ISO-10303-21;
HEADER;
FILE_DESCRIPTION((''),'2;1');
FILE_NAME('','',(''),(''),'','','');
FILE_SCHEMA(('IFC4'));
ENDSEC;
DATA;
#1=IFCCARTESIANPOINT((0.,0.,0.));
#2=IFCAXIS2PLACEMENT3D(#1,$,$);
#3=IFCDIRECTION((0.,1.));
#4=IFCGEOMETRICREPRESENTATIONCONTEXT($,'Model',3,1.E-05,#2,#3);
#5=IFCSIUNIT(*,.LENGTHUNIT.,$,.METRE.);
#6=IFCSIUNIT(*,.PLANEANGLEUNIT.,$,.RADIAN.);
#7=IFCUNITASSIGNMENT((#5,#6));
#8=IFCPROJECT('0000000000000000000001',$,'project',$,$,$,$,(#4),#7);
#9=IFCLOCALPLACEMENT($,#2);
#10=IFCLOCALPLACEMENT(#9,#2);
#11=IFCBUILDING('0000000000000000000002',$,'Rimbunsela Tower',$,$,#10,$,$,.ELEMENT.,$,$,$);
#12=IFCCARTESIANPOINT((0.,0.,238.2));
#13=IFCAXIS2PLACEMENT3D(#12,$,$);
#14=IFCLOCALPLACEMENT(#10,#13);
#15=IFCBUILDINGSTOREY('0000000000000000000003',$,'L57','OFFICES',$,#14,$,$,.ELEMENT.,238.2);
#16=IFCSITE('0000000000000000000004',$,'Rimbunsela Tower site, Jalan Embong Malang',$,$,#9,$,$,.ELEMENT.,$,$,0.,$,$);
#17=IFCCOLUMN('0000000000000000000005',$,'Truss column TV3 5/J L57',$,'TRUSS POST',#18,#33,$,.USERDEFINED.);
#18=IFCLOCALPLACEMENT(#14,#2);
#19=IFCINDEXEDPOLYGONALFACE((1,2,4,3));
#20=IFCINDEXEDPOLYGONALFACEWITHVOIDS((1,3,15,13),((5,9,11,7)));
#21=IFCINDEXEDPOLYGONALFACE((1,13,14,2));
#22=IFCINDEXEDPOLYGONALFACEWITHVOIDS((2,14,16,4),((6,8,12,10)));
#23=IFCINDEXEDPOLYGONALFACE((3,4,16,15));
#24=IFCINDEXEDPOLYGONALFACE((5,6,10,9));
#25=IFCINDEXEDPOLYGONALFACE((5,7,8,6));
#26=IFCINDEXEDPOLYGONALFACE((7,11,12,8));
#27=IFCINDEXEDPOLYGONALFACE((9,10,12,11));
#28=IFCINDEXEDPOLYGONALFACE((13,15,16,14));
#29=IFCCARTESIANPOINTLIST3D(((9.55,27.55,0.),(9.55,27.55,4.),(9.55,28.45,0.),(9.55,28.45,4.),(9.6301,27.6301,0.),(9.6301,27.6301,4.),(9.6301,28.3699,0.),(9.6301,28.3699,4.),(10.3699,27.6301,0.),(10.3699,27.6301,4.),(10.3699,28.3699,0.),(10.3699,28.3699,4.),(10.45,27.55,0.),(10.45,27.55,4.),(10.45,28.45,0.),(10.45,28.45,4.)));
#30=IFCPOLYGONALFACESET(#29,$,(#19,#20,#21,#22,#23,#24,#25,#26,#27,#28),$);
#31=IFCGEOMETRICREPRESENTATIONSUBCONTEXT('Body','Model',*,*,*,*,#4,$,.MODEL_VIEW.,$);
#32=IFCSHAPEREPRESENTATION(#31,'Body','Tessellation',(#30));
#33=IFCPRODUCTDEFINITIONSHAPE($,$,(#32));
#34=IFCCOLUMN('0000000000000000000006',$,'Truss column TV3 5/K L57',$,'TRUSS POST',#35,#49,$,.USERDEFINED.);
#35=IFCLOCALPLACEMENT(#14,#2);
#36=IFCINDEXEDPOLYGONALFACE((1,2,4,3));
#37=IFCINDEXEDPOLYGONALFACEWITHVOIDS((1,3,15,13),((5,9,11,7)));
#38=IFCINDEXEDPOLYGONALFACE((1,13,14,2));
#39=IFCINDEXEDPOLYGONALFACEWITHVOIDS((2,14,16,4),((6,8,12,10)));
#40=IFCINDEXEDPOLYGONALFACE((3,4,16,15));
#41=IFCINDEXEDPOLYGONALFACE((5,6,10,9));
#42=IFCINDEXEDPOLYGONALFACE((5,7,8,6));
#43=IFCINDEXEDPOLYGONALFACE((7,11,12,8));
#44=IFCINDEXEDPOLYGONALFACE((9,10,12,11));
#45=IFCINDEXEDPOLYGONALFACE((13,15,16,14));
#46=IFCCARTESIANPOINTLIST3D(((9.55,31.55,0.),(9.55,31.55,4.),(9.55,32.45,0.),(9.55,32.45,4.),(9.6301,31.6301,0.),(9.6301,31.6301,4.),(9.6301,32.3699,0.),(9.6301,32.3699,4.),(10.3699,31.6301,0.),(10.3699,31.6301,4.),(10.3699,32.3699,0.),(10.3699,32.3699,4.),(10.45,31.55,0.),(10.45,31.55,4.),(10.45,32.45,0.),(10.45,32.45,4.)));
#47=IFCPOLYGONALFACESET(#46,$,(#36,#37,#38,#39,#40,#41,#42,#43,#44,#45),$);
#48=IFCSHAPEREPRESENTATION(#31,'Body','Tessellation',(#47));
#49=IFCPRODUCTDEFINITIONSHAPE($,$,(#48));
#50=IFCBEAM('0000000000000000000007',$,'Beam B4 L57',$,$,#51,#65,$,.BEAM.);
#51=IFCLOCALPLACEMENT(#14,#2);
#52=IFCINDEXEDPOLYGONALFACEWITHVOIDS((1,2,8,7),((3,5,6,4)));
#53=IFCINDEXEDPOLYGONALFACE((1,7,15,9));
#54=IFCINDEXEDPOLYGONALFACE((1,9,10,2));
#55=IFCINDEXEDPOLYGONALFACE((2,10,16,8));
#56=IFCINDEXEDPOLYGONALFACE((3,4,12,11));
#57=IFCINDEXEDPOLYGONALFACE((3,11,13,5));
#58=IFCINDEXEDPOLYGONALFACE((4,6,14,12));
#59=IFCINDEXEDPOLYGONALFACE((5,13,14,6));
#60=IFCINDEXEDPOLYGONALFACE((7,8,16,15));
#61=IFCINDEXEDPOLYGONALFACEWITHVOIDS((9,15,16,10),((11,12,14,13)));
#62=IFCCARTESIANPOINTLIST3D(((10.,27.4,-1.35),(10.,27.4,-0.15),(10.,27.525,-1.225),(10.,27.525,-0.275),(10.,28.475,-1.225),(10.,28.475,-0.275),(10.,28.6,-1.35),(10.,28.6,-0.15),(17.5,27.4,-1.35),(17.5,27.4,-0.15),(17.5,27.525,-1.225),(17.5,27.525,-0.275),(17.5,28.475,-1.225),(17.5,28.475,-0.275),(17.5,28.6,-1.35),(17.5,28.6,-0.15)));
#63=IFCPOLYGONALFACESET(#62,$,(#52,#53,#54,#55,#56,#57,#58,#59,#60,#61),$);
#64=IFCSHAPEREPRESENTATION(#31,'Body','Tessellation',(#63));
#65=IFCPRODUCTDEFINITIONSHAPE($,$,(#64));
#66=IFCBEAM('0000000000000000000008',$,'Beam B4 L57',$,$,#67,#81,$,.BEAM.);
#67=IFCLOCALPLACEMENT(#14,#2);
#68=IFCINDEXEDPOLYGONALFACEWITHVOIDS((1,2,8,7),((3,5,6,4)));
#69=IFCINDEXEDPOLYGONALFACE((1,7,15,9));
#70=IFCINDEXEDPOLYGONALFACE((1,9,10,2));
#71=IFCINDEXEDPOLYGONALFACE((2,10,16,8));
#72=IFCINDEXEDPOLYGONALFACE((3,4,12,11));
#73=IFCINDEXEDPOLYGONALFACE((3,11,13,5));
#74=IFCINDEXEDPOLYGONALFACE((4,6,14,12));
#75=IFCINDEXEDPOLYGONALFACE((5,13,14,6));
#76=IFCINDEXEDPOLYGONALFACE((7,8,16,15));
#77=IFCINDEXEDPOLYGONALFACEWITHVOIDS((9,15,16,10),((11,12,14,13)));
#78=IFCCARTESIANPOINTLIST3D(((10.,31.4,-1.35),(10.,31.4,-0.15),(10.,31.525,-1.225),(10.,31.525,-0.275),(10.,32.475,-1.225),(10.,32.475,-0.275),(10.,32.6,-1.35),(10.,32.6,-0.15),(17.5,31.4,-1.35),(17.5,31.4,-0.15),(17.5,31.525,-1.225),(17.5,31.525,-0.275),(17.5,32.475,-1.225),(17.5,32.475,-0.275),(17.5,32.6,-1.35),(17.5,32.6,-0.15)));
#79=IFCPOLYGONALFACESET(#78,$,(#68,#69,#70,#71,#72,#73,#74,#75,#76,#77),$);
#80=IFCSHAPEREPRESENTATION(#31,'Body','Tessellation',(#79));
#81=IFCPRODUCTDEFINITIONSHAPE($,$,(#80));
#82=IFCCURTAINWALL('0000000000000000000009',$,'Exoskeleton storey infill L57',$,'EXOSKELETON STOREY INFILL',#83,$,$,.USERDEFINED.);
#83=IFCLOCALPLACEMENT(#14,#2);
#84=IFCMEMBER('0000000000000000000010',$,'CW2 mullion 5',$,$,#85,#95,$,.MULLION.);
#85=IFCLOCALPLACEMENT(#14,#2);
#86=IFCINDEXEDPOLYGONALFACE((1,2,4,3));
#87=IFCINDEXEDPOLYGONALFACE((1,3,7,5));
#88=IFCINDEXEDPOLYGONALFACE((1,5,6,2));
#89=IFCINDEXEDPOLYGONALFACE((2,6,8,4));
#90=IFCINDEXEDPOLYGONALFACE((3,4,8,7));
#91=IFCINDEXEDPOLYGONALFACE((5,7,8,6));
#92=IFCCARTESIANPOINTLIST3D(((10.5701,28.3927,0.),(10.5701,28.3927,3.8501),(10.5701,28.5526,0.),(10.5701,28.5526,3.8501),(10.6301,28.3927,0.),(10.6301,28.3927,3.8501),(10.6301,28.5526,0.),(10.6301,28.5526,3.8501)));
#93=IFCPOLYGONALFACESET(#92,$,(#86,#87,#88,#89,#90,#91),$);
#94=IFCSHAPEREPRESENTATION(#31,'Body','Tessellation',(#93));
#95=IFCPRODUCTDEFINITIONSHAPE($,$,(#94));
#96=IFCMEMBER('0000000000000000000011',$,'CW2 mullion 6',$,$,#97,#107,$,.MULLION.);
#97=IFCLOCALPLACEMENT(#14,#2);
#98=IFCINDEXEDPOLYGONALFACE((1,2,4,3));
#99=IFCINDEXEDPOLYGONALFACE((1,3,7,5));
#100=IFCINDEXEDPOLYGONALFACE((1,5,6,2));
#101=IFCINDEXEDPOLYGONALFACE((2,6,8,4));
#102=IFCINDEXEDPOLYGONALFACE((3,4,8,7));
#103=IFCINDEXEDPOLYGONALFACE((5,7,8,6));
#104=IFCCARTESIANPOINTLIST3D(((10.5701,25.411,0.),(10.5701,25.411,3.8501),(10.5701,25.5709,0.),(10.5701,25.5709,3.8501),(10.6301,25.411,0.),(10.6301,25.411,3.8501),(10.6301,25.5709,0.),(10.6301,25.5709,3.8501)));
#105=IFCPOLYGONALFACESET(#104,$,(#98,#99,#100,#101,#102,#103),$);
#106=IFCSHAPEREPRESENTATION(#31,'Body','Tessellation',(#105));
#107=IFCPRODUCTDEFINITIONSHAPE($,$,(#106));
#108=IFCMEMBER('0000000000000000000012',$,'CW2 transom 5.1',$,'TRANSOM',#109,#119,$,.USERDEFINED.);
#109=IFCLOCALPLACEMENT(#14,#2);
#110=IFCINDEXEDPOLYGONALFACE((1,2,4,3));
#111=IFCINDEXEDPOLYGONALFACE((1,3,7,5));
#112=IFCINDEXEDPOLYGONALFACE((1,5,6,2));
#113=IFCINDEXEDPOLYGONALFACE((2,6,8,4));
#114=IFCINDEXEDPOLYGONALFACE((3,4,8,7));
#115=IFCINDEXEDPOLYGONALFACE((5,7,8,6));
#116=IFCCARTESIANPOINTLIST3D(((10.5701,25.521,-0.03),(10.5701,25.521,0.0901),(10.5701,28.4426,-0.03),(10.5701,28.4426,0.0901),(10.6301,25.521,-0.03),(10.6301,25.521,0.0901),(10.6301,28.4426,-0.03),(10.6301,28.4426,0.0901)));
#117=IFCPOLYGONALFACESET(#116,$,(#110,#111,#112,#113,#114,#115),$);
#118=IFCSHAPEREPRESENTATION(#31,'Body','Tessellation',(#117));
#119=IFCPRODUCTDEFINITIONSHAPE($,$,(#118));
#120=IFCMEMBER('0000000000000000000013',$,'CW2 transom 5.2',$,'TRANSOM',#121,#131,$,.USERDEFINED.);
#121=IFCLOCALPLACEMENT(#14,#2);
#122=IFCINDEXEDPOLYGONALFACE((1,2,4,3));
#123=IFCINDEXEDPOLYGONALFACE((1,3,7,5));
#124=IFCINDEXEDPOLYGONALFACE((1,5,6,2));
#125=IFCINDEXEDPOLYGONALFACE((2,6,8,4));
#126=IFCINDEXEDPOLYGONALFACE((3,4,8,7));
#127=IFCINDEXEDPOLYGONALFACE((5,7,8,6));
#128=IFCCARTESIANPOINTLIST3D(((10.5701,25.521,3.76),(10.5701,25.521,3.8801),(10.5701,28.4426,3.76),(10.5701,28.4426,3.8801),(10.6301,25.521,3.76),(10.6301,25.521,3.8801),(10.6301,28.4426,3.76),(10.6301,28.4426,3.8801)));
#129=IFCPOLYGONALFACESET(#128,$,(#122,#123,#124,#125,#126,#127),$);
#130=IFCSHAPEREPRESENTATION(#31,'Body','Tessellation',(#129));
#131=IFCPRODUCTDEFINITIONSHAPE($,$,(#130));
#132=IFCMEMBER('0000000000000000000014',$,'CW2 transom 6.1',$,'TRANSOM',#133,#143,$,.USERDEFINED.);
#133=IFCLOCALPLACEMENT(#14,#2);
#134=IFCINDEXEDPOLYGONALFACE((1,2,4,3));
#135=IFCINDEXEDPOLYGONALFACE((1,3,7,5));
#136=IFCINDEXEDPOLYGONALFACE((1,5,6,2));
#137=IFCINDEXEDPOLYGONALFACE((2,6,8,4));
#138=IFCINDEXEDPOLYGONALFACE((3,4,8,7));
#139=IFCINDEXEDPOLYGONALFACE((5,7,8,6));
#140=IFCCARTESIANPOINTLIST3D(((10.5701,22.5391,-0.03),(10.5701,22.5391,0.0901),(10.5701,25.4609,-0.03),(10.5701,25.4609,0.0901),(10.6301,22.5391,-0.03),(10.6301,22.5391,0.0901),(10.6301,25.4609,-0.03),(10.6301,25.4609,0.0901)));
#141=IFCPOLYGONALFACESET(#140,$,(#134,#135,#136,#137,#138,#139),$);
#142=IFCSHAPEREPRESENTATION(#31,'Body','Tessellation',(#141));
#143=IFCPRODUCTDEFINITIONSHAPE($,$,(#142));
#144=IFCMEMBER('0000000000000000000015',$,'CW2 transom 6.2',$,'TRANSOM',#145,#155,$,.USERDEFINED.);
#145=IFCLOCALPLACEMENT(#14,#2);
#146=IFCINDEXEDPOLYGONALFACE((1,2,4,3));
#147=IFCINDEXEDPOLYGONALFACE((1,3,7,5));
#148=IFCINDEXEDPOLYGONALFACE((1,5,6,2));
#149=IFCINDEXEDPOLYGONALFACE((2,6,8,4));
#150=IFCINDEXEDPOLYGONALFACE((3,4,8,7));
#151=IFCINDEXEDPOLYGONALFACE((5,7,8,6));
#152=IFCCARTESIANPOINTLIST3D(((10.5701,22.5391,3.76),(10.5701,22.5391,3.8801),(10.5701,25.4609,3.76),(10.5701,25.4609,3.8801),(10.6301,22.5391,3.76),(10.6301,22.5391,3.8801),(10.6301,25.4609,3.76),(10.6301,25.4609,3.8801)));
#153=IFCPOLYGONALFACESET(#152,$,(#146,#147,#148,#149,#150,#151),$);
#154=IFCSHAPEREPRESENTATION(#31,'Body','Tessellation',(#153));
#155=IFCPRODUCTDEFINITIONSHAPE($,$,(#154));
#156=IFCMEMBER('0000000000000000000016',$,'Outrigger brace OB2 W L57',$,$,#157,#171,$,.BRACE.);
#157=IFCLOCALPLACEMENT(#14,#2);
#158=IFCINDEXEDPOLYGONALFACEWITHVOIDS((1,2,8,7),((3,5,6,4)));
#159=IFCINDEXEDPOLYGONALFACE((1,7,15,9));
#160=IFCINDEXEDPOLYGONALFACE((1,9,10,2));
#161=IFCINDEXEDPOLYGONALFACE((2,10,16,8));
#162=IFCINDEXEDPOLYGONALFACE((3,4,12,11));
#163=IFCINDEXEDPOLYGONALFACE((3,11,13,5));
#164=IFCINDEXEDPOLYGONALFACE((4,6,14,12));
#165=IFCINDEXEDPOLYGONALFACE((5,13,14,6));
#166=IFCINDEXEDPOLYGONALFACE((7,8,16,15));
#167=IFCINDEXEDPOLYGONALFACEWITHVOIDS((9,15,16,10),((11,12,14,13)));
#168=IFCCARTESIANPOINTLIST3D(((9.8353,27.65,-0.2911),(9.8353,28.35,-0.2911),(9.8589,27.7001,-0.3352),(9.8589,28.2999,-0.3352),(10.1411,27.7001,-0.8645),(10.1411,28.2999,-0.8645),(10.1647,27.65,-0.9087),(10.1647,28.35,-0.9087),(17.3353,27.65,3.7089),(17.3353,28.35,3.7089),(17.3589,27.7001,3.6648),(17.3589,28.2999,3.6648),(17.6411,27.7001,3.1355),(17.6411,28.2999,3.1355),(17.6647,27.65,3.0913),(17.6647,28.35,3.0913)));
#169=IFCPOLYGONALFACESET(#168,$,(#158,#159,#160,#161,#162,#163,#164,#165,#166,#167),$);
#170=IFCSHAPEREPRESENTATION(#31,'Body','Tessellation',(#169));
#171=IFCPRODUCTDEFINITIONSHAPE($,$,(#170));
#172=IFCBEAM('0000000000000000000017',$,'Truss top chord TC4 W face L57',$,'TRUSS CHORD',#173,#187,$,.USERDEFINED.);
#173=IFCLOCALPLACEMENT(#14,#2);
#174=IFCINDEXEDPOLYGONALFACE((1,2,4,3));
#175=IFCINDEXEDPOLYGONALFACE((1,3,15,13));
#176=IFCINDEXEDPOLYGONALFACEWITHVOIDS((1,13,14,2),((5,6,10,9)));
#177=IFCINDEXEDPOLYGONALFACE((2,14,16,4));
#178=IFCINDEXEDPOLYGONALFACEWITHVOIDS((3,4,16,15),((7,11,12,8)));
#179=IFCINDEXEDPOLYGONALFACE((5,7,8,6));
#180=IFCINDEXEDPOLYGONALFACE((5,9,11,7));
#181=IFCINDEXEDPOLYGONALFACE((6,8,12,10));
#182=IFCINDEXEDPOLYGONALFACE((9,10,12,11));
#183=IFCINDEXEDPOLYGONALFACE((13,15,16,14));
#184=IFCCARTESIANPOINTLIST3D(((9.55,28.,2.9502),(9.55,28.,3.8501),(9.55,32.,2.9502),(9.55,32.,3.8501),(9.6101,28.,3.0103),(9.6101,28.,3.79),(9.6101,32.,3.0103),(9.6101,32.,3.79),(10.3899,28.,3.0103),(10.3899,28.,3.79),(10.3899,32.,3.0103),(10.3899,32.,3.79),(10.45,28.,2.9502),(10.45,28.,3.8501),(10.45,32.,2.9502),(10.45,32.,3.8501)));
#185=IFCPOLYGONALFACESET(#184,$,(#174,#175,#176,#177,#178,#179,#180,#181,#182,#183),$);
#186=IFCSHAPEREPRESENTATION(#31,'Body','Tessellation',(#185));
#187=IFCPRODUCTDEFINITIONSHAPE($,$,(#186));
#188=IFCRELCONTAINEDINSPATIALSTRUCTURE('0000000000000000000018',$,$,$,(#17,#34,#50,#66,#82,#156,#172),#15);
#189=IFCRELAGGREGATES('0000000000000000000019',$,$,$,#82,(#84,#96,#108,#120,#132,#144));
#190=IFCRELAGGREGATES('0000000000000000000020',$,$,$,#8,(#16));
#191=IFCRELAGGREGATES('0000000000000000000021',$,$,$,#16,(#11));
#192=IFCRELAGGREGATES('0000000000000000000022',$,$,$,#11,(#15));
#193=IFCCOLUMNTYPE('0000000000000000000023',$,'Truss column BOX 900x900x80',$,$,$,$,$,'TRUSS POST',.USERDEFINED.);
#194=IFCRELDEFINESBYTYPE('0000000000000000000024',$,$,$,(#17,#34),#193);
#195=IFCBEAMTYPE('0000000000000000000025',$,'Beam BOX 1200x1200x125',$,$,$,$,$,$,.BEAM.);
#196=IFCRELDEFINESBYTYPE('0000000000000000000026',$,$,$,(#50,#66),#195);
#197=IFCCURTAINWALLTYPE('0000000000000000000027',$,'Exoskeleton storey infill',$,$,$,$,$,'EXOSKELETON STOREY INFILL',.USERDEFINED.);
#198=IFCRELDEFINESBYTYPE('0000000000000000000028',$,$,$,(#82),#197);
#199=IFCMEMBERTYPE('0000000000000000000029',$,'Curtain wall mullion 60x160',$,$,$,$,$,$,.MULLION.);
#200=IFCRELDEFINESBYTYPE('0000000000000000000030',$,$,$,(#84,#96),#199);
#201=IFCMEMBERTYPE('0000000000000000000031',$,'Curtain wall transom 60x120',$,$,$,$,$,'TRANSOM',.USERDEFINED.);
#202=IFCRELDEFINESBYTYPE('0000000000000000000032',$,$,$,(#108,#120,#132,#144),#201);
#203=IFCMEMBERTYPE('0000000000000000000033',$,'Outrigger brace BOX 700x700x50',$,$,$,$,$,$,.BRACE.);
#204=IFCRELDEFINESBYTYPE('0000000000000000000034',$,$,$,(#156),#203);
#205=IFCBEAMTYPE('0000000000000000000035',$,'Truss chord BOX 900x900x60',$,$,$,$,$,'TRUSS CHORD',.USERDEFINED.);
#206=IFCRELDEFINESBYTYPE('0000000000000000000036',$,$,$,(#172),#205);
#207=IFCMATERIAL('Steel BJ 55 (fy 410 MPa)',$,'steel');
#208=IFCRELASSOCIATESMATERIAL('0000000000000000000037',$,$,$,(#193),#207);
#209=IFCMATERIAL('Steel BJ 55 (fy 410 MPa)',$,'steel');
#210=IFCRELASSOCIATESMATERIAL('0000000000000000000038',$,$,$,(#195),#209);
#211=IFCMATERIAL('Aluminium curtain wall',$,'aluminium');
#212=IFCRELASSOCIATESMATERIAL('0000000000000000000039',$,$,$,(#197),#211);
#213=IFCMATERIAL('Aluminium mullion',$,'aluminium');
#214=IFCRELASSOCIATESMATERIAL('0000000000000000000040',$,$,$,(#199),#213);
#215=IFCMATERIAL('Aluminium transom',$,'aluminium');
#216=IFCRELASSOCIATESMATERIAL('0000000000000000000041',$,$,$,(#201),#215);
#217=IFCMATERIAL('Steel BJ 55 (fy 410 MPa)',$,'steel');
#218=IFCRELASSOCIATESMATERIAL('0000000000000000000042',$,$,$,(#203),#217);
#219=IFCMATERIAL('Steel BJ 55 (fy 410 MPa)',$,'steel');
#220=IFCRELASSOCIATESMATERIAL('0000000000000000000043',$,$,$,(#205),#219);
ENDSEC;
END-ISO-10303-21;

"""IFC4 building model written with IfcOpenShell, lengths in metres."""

from ifc_helpers import new_model, si_unit, direction, frame, origin, origin_2d, place, context, subcontext, project, spatial, rectangle, hollow_rectangle, extrude, material, material_profile, profile_set, type_object, element, aggregate, save


model = new_model("IFC4")

# Units and contexts
model_context = context("Model", 3, precision=1e-05, world=origin(), true_north=direction((0.0, 1.0)))
body_context = subcontext(model_context, "Body", "Model", "MODEL_VIEW")
ifc_project = project(units=[si_unit("LENGTHUNIT", "METRE"), si_unit("PLANEANGLEUNIT", "RADIAN")], contexts=[model_context])

# Site, building, storey
site_placement = place(None, origin())
site = spatial("IfcSite", under=ifc_project, at=site_placement, Name="Rimbunsela Tower site, Jalan Embong Malang", CompositionType="ELEMENT", RefElevation=0.0)
building_placement = place(site_placement, origin())
building = spatial("IfcBuilding", under=site, at=building_placement, Name="Rimbunsela Tower", CompositionType="ELEMENT")
storey_placement = place(building_placement, frame((0.0, 0.0, 238.2)))
storey = spatial("IfcBuildingStorey", under=building, at=storey_placement, Name="L57", Description="OFFICES", CompositionType="ELEMENT", Elevation=238.2)

# Columns
ifc_material_1 = material(Name="Steel BJ 55 (fy 410 MPa)", Category="steel")
ifc_material_profile_1 = material_profile(ifc_material_1, hollow_rectangle(XDim=0.8999, YDim=0.8999, WallThickness=0.0801, at=origin_2d()), Name="BOX 900x900x80")
ifc_profile_set_1 = profile_set([ifc_material_profile_1], Name="Steel BJ 55 (fy 410 MPa)")
column_type = type_object("IfcColumnType", Name="Truss column BOX 900x900x80", ElementType="TRUSS POST", PredefinedType="USERDEFINED", material=ifc_profile_set_1)
for number, where, z_axis, x_axis, name in (
    (1, (10.0, 28.0, 0.0), (0.0, 0.0, 1.0), (1.0, 0.0, 0.0), "Truss column TV3 5/J L57"),
    (2, (10.0, 32.0, 0.0), (0.0, 0.0, 1.0), (1.0, 0.0, 0.0), "Truss column TV3 5/K L57"),
):
    element("IfcColumn", number, at=place(storey_placement, frame(where, z_axis=z_axis, x_axis=x_axis)), inside=storey, type_object=column_type, Name=name, ObjectType="TRUSS POST", PredefinedType="USERDEFINED", context=body_context, shape_type="SweptSolid", body=[
        extrude(hollow_rectangle(XDim=0.8999, YDim=0.8999, WallThickness=0.0801, at=origin_2d()), origin(), (0.0, 0.0, 1.0), 4.0),
    ])

# Beams
ifc_material_2 = material(Name="Steel BJ 55 (fy 410 MPa)", Category="steel")
ifc_material_profile_2 = material_profile(ifc_material_2, hollow_rectangle(XDim=1.2, YDim=1.2, WallThickness=0.125, at=origin_2d()), Name="BOX 1200x1200x125")
ifc_profile_set_2 = profile_set([ifc_material_profile_2], Name="Steel BJ 55 (fy 410 MPa)")
beam_type_1 = type_object("IfcBeamType", Name="Beam BOX 1200x1200x125", PredefinedType="BEAM", material=ifc_profile_set_2)
for number, where, z_axis, x_axis, name in (
    (3, (10.0, 28.0, -0.75), (1.0, 0.0, 0.0), (0.0, 1.0, 0.0), "Beam B4 L57"),
    (4, (10.0, 32.0, -0.75), (1.0, 0.0, 0.0), (0.0, 1.0, 0.0), "Beam B4 L57"),
):
    element("IfcBeam", number, at=place(storey_placement, frame(where, z_axis=z_axis, x_axis=x_axis)), inside=storey, type_object=beam_type_1, Name=name, PredefinedType="BEAM", context=body_context, shape_type="SweptSolid", body=[
        extrude(hollow_rectangle(XDim=1.2, YDim=1.2, WallThickness=0.125, at=origin_2d()), origin(), (0.0, 0.0, 1.0), 7.5),
    ])

# Curtain wall, members
ifc_material_3 = material(Name="Aluminium curtain wall", Category="aluminium")
curtain_wall_type = type_object("IfcCurtainWallType", Name="Exoskeleton storey infill", ElementType="EXOSKELETON STOREY INFILL", PredefinedType="USERDEFINED", material=ifc_material_3)
curtain_wall_placement = place(storey_placement, origin())
curtain_wall = element("IfcCurtainWall", 5, at=curtain_wall_placement, inside=storey, type_object=curtain_wall_type, Name="Exoskeleton storey infill L57", ObjectType="EXOSKELETON STOREY INFILL", PredefinedType="USERDEFINED")
ifc_material_4 = material(Name="Aluminium mullion", Category="aluminium")
ifc_material_profile_3 = material_profile(ifc_material_4, rectangle(XDim=0.0601, YDim=0.1599, at=origin_2d()), Name="Mullion 60x160")
ifc_profile_set_3 = profile_set([ifc_material_profile_3], Name="Aluminium mullion")
member_type_1 = type_object("IfcMemberType", Name="Curtain wall mullion 60x160", PredefinedType="MULLION", material=ifc_profile_set_3)
member_1_placement = place(storey_placement, frame((10.6001, 28.4727, 0.0), z_axis=(0.0, 0.0, 1.0), x_axis=(1.0, 0.0, 0.0)))
member_1 = element("IfcMember", 6, at=member_1_placement, type_object=member_type_1, Name="CW2 mullion 5", PredefinedType="MULLION", context=body_context, shape_type="SweptSolid", body=[
    extrude(rectangle(XDim=0.0601, YDim=0.1599, at=origin_2d()), origin(), (0.0, 0.0, 1.0), 3.8501),
])
member_2_placement = place(storey_placement, frame((10.6001, 25.491, 0.0), z_axis=(0.0, 0.0, 1.0), x_axis=(1.0, 0.0, 0.0)))
member_2 = element("IfcMember", 7, at=member_2_placement, type_object=member_type_1, Name="CW2 mullion 6", PredefinedType="MULLION", context=body_context, shape_type="SweptSolid", body=[
    extrude(rectangle(XDim=0.0601, YDim=0.1599, at=origin_2d()), origin(), (0.0, 0.0, 1.0), 3.8501),
])
ifc_material_5 = material(Name="Aluminium transom", Category="aluminium")
ifc_material_profile_4 = material_profile(ifc_material_5, rectangle(XDim=0.0601, YDim=0.1201, at=origin_2d()), Name="Transom 60x120")
ifc_profile_set_4 = profile_set([ifc_material_profile_4], Name="Aluminium transom")
member_type_2 = type_object("IfcMemberType", Name="Curtain wall transom 60x120", ElementType="TRANSOM", PredefinedType="USERDEFINED", material=ifc_profile_set_4)
member_3_placement = place(storey_placement, frame((10.6001, 28.4426, 0.03), z_axis=(0.0, -1.0, 0.0), x_axis=(1.0, 0.0, 0.0)))
member_3 = element("IfcMember", 8, at=member_3_placement, type_object=member_type_2, Name="CW2 transom 5.1", ObjectType="TRANSOM", PredefinedType="USERDEFINED", context=body_context, shape_type="SweptSolid", body=[
    extrude(rectangle(XDim=0.0601, YDim=0.1201, at=origin_2d()), origin(), (0.0, 0.0, 1.0), 2.9216),
])
member_4_placement = place(storey_placement, frame((10.6001, 28.4426, 3.8201), z_axis=(0.0, -1.0, 0.0), x_axis=(1.0, 0.0, 0.0)))
member_4 = element("IfcMember", 9, at=member_4_placement, type_object=member_type_2, Name="CW2 transom 5.2", ObjectType="TRANSOM", PredefinedType="USERDEFINED", context=body_context, shape_type="SweptSolid", body=[
    extrude(rectangle(XDim=0.0601, YDim=0.1201, at=origin_2d()), origin(), (0.0, 0.0, 1.0), 2.9216),
])
member_5_placement = place(storey_placement, frame((10.6001, 25.4609, 0.03), z_axis=(0.0, -1.0, 0.0), x_axis=(1.0, 0.0, 0.0)))
member_5 = element("IfcMember", 10, at=member_5_placement, type_object=member_type_2, Name="CW2 transom 6.1", ObjectType="TRANSOM", PredefinedType="USERDEFINED", context=body_context, shape_type="SweptSolid", body=[
    extrude(rectangle(XDim=0.0601, YDim=0.1201, at=origin_2d()), origin(), (0.0, 0.0, 1.0), 2.9219),
])
member_6_placement = place(storey_placement, frame((10.6001, 25.4609, 3.8201), z_axis=(0.0, -1.0, 0.0), x_axis=(1.0, 0.0, 0.0)))
member_6 = element("IfcMember", 11, at=member_6_placement, type_object=member_type_2, Name="CW2 transom 6.2", ObjectType="TRANSOM", PredefinedType="USERDEFINED", context=body_context, shape_type="SweptSolid", body=[
    extrude(rectangle(XDim=0.0601, YDim=0.1201, at=origin_2d()), origin(), (0.0, 0.0, 1.0), 2.9219),
])

# Member
ifc_material_6 = material(Name="Steel BJ 55 (fy 410 MPa)", Category="steel")
ifc_material_profile_5 = material_profile(ifc_material_6, hollow_rectangle(XDim=0.7, YDim=0.7, WallThickness=0.05, at=origin_2d()), Name="BOX 700x700x50")
ifc_profile_set_5 = profile_set([ifc_material_profile_5], Name="Steel BJ 55 (fy 410 MPa)")
member_type_3 = type_object("IfcMemberType", Name="Outrigger brace BOX 700x700x50", PredefinedType="BRACE", material=ifc_profile_set_5)
member_7_placement = place(storey_placement, frame((10.0, 28.0, -0.5999), z_axis=(0.882353, 0.0, 0.470588), x_axis=(0.0, 1.0, 0.0)))
element("IfcMember", 12, at=member_7_placement, inside=storey, type_object=member_type_3, Name="Outrigger brace OB2 W L57", PredefinedType="BRACE", context=body_context, shape_type="SweptSolid", body=[
    extrude(hollow_rectangle(XDim=0.7, YDim=0.7, WallThickness=0.05, at=origin_2d()), origin(), (0.0, 0.0, 1.0), 8.5),
])

# Beam
ifc_material_7 = material(Name="Steel BJ 55 (fy 410 MPa)", Category="steel")
ifc_material_profile_6 = material_profile(ifc_material_7, hollow_rectangle(XDim=0.8999, YDim=0.8999, WallThickness=0.0601, at=origin_2d()), Name="BOX 900x900x60")
ifc_profile_set_6 = profile_set([ifc_material_profile_6], Name="Steel BJ 55 (fy 410 MPa)")
beam_type_2 = type_object("IfcBeamType", Name="Truss chord BOX 900x900x60", ElementType="TRUSS CHORD", PredefinedType="USERDEFINED", material=ifc_profile_set_6)
for number, where, z_axis, x_axis, name in (
    (13, (10.0, 28.0, 3.4001), (0.0, 1.0, 0.0), (-1.0, 0.0, 0.0), "Truss top chord TC4 W face L57"),
):
    element("IfcBeam", number, at=place(storey_placement, frame(where, z_axis=z_axis, x_axis=x_axis)), inside=storey, type_object=beam_type_2, Name=name, ObjectType="TRUSS CHORD", PredefinedType="USERDEFINED", context=body_context, shape_type="SweptSolid", body=[
        extrude(hollow_rectangle(XDim=0.8999, YDim=0.8999, WallThickness=0.0601, at=origin_2d()), origin(), (0.0, 0.0, 1.0), 4.0),
    ])

aggregate(curtain_wall, [member_1, member_2, member_3, member_4, member_5, member_6])

save(model, "model.ifc")
